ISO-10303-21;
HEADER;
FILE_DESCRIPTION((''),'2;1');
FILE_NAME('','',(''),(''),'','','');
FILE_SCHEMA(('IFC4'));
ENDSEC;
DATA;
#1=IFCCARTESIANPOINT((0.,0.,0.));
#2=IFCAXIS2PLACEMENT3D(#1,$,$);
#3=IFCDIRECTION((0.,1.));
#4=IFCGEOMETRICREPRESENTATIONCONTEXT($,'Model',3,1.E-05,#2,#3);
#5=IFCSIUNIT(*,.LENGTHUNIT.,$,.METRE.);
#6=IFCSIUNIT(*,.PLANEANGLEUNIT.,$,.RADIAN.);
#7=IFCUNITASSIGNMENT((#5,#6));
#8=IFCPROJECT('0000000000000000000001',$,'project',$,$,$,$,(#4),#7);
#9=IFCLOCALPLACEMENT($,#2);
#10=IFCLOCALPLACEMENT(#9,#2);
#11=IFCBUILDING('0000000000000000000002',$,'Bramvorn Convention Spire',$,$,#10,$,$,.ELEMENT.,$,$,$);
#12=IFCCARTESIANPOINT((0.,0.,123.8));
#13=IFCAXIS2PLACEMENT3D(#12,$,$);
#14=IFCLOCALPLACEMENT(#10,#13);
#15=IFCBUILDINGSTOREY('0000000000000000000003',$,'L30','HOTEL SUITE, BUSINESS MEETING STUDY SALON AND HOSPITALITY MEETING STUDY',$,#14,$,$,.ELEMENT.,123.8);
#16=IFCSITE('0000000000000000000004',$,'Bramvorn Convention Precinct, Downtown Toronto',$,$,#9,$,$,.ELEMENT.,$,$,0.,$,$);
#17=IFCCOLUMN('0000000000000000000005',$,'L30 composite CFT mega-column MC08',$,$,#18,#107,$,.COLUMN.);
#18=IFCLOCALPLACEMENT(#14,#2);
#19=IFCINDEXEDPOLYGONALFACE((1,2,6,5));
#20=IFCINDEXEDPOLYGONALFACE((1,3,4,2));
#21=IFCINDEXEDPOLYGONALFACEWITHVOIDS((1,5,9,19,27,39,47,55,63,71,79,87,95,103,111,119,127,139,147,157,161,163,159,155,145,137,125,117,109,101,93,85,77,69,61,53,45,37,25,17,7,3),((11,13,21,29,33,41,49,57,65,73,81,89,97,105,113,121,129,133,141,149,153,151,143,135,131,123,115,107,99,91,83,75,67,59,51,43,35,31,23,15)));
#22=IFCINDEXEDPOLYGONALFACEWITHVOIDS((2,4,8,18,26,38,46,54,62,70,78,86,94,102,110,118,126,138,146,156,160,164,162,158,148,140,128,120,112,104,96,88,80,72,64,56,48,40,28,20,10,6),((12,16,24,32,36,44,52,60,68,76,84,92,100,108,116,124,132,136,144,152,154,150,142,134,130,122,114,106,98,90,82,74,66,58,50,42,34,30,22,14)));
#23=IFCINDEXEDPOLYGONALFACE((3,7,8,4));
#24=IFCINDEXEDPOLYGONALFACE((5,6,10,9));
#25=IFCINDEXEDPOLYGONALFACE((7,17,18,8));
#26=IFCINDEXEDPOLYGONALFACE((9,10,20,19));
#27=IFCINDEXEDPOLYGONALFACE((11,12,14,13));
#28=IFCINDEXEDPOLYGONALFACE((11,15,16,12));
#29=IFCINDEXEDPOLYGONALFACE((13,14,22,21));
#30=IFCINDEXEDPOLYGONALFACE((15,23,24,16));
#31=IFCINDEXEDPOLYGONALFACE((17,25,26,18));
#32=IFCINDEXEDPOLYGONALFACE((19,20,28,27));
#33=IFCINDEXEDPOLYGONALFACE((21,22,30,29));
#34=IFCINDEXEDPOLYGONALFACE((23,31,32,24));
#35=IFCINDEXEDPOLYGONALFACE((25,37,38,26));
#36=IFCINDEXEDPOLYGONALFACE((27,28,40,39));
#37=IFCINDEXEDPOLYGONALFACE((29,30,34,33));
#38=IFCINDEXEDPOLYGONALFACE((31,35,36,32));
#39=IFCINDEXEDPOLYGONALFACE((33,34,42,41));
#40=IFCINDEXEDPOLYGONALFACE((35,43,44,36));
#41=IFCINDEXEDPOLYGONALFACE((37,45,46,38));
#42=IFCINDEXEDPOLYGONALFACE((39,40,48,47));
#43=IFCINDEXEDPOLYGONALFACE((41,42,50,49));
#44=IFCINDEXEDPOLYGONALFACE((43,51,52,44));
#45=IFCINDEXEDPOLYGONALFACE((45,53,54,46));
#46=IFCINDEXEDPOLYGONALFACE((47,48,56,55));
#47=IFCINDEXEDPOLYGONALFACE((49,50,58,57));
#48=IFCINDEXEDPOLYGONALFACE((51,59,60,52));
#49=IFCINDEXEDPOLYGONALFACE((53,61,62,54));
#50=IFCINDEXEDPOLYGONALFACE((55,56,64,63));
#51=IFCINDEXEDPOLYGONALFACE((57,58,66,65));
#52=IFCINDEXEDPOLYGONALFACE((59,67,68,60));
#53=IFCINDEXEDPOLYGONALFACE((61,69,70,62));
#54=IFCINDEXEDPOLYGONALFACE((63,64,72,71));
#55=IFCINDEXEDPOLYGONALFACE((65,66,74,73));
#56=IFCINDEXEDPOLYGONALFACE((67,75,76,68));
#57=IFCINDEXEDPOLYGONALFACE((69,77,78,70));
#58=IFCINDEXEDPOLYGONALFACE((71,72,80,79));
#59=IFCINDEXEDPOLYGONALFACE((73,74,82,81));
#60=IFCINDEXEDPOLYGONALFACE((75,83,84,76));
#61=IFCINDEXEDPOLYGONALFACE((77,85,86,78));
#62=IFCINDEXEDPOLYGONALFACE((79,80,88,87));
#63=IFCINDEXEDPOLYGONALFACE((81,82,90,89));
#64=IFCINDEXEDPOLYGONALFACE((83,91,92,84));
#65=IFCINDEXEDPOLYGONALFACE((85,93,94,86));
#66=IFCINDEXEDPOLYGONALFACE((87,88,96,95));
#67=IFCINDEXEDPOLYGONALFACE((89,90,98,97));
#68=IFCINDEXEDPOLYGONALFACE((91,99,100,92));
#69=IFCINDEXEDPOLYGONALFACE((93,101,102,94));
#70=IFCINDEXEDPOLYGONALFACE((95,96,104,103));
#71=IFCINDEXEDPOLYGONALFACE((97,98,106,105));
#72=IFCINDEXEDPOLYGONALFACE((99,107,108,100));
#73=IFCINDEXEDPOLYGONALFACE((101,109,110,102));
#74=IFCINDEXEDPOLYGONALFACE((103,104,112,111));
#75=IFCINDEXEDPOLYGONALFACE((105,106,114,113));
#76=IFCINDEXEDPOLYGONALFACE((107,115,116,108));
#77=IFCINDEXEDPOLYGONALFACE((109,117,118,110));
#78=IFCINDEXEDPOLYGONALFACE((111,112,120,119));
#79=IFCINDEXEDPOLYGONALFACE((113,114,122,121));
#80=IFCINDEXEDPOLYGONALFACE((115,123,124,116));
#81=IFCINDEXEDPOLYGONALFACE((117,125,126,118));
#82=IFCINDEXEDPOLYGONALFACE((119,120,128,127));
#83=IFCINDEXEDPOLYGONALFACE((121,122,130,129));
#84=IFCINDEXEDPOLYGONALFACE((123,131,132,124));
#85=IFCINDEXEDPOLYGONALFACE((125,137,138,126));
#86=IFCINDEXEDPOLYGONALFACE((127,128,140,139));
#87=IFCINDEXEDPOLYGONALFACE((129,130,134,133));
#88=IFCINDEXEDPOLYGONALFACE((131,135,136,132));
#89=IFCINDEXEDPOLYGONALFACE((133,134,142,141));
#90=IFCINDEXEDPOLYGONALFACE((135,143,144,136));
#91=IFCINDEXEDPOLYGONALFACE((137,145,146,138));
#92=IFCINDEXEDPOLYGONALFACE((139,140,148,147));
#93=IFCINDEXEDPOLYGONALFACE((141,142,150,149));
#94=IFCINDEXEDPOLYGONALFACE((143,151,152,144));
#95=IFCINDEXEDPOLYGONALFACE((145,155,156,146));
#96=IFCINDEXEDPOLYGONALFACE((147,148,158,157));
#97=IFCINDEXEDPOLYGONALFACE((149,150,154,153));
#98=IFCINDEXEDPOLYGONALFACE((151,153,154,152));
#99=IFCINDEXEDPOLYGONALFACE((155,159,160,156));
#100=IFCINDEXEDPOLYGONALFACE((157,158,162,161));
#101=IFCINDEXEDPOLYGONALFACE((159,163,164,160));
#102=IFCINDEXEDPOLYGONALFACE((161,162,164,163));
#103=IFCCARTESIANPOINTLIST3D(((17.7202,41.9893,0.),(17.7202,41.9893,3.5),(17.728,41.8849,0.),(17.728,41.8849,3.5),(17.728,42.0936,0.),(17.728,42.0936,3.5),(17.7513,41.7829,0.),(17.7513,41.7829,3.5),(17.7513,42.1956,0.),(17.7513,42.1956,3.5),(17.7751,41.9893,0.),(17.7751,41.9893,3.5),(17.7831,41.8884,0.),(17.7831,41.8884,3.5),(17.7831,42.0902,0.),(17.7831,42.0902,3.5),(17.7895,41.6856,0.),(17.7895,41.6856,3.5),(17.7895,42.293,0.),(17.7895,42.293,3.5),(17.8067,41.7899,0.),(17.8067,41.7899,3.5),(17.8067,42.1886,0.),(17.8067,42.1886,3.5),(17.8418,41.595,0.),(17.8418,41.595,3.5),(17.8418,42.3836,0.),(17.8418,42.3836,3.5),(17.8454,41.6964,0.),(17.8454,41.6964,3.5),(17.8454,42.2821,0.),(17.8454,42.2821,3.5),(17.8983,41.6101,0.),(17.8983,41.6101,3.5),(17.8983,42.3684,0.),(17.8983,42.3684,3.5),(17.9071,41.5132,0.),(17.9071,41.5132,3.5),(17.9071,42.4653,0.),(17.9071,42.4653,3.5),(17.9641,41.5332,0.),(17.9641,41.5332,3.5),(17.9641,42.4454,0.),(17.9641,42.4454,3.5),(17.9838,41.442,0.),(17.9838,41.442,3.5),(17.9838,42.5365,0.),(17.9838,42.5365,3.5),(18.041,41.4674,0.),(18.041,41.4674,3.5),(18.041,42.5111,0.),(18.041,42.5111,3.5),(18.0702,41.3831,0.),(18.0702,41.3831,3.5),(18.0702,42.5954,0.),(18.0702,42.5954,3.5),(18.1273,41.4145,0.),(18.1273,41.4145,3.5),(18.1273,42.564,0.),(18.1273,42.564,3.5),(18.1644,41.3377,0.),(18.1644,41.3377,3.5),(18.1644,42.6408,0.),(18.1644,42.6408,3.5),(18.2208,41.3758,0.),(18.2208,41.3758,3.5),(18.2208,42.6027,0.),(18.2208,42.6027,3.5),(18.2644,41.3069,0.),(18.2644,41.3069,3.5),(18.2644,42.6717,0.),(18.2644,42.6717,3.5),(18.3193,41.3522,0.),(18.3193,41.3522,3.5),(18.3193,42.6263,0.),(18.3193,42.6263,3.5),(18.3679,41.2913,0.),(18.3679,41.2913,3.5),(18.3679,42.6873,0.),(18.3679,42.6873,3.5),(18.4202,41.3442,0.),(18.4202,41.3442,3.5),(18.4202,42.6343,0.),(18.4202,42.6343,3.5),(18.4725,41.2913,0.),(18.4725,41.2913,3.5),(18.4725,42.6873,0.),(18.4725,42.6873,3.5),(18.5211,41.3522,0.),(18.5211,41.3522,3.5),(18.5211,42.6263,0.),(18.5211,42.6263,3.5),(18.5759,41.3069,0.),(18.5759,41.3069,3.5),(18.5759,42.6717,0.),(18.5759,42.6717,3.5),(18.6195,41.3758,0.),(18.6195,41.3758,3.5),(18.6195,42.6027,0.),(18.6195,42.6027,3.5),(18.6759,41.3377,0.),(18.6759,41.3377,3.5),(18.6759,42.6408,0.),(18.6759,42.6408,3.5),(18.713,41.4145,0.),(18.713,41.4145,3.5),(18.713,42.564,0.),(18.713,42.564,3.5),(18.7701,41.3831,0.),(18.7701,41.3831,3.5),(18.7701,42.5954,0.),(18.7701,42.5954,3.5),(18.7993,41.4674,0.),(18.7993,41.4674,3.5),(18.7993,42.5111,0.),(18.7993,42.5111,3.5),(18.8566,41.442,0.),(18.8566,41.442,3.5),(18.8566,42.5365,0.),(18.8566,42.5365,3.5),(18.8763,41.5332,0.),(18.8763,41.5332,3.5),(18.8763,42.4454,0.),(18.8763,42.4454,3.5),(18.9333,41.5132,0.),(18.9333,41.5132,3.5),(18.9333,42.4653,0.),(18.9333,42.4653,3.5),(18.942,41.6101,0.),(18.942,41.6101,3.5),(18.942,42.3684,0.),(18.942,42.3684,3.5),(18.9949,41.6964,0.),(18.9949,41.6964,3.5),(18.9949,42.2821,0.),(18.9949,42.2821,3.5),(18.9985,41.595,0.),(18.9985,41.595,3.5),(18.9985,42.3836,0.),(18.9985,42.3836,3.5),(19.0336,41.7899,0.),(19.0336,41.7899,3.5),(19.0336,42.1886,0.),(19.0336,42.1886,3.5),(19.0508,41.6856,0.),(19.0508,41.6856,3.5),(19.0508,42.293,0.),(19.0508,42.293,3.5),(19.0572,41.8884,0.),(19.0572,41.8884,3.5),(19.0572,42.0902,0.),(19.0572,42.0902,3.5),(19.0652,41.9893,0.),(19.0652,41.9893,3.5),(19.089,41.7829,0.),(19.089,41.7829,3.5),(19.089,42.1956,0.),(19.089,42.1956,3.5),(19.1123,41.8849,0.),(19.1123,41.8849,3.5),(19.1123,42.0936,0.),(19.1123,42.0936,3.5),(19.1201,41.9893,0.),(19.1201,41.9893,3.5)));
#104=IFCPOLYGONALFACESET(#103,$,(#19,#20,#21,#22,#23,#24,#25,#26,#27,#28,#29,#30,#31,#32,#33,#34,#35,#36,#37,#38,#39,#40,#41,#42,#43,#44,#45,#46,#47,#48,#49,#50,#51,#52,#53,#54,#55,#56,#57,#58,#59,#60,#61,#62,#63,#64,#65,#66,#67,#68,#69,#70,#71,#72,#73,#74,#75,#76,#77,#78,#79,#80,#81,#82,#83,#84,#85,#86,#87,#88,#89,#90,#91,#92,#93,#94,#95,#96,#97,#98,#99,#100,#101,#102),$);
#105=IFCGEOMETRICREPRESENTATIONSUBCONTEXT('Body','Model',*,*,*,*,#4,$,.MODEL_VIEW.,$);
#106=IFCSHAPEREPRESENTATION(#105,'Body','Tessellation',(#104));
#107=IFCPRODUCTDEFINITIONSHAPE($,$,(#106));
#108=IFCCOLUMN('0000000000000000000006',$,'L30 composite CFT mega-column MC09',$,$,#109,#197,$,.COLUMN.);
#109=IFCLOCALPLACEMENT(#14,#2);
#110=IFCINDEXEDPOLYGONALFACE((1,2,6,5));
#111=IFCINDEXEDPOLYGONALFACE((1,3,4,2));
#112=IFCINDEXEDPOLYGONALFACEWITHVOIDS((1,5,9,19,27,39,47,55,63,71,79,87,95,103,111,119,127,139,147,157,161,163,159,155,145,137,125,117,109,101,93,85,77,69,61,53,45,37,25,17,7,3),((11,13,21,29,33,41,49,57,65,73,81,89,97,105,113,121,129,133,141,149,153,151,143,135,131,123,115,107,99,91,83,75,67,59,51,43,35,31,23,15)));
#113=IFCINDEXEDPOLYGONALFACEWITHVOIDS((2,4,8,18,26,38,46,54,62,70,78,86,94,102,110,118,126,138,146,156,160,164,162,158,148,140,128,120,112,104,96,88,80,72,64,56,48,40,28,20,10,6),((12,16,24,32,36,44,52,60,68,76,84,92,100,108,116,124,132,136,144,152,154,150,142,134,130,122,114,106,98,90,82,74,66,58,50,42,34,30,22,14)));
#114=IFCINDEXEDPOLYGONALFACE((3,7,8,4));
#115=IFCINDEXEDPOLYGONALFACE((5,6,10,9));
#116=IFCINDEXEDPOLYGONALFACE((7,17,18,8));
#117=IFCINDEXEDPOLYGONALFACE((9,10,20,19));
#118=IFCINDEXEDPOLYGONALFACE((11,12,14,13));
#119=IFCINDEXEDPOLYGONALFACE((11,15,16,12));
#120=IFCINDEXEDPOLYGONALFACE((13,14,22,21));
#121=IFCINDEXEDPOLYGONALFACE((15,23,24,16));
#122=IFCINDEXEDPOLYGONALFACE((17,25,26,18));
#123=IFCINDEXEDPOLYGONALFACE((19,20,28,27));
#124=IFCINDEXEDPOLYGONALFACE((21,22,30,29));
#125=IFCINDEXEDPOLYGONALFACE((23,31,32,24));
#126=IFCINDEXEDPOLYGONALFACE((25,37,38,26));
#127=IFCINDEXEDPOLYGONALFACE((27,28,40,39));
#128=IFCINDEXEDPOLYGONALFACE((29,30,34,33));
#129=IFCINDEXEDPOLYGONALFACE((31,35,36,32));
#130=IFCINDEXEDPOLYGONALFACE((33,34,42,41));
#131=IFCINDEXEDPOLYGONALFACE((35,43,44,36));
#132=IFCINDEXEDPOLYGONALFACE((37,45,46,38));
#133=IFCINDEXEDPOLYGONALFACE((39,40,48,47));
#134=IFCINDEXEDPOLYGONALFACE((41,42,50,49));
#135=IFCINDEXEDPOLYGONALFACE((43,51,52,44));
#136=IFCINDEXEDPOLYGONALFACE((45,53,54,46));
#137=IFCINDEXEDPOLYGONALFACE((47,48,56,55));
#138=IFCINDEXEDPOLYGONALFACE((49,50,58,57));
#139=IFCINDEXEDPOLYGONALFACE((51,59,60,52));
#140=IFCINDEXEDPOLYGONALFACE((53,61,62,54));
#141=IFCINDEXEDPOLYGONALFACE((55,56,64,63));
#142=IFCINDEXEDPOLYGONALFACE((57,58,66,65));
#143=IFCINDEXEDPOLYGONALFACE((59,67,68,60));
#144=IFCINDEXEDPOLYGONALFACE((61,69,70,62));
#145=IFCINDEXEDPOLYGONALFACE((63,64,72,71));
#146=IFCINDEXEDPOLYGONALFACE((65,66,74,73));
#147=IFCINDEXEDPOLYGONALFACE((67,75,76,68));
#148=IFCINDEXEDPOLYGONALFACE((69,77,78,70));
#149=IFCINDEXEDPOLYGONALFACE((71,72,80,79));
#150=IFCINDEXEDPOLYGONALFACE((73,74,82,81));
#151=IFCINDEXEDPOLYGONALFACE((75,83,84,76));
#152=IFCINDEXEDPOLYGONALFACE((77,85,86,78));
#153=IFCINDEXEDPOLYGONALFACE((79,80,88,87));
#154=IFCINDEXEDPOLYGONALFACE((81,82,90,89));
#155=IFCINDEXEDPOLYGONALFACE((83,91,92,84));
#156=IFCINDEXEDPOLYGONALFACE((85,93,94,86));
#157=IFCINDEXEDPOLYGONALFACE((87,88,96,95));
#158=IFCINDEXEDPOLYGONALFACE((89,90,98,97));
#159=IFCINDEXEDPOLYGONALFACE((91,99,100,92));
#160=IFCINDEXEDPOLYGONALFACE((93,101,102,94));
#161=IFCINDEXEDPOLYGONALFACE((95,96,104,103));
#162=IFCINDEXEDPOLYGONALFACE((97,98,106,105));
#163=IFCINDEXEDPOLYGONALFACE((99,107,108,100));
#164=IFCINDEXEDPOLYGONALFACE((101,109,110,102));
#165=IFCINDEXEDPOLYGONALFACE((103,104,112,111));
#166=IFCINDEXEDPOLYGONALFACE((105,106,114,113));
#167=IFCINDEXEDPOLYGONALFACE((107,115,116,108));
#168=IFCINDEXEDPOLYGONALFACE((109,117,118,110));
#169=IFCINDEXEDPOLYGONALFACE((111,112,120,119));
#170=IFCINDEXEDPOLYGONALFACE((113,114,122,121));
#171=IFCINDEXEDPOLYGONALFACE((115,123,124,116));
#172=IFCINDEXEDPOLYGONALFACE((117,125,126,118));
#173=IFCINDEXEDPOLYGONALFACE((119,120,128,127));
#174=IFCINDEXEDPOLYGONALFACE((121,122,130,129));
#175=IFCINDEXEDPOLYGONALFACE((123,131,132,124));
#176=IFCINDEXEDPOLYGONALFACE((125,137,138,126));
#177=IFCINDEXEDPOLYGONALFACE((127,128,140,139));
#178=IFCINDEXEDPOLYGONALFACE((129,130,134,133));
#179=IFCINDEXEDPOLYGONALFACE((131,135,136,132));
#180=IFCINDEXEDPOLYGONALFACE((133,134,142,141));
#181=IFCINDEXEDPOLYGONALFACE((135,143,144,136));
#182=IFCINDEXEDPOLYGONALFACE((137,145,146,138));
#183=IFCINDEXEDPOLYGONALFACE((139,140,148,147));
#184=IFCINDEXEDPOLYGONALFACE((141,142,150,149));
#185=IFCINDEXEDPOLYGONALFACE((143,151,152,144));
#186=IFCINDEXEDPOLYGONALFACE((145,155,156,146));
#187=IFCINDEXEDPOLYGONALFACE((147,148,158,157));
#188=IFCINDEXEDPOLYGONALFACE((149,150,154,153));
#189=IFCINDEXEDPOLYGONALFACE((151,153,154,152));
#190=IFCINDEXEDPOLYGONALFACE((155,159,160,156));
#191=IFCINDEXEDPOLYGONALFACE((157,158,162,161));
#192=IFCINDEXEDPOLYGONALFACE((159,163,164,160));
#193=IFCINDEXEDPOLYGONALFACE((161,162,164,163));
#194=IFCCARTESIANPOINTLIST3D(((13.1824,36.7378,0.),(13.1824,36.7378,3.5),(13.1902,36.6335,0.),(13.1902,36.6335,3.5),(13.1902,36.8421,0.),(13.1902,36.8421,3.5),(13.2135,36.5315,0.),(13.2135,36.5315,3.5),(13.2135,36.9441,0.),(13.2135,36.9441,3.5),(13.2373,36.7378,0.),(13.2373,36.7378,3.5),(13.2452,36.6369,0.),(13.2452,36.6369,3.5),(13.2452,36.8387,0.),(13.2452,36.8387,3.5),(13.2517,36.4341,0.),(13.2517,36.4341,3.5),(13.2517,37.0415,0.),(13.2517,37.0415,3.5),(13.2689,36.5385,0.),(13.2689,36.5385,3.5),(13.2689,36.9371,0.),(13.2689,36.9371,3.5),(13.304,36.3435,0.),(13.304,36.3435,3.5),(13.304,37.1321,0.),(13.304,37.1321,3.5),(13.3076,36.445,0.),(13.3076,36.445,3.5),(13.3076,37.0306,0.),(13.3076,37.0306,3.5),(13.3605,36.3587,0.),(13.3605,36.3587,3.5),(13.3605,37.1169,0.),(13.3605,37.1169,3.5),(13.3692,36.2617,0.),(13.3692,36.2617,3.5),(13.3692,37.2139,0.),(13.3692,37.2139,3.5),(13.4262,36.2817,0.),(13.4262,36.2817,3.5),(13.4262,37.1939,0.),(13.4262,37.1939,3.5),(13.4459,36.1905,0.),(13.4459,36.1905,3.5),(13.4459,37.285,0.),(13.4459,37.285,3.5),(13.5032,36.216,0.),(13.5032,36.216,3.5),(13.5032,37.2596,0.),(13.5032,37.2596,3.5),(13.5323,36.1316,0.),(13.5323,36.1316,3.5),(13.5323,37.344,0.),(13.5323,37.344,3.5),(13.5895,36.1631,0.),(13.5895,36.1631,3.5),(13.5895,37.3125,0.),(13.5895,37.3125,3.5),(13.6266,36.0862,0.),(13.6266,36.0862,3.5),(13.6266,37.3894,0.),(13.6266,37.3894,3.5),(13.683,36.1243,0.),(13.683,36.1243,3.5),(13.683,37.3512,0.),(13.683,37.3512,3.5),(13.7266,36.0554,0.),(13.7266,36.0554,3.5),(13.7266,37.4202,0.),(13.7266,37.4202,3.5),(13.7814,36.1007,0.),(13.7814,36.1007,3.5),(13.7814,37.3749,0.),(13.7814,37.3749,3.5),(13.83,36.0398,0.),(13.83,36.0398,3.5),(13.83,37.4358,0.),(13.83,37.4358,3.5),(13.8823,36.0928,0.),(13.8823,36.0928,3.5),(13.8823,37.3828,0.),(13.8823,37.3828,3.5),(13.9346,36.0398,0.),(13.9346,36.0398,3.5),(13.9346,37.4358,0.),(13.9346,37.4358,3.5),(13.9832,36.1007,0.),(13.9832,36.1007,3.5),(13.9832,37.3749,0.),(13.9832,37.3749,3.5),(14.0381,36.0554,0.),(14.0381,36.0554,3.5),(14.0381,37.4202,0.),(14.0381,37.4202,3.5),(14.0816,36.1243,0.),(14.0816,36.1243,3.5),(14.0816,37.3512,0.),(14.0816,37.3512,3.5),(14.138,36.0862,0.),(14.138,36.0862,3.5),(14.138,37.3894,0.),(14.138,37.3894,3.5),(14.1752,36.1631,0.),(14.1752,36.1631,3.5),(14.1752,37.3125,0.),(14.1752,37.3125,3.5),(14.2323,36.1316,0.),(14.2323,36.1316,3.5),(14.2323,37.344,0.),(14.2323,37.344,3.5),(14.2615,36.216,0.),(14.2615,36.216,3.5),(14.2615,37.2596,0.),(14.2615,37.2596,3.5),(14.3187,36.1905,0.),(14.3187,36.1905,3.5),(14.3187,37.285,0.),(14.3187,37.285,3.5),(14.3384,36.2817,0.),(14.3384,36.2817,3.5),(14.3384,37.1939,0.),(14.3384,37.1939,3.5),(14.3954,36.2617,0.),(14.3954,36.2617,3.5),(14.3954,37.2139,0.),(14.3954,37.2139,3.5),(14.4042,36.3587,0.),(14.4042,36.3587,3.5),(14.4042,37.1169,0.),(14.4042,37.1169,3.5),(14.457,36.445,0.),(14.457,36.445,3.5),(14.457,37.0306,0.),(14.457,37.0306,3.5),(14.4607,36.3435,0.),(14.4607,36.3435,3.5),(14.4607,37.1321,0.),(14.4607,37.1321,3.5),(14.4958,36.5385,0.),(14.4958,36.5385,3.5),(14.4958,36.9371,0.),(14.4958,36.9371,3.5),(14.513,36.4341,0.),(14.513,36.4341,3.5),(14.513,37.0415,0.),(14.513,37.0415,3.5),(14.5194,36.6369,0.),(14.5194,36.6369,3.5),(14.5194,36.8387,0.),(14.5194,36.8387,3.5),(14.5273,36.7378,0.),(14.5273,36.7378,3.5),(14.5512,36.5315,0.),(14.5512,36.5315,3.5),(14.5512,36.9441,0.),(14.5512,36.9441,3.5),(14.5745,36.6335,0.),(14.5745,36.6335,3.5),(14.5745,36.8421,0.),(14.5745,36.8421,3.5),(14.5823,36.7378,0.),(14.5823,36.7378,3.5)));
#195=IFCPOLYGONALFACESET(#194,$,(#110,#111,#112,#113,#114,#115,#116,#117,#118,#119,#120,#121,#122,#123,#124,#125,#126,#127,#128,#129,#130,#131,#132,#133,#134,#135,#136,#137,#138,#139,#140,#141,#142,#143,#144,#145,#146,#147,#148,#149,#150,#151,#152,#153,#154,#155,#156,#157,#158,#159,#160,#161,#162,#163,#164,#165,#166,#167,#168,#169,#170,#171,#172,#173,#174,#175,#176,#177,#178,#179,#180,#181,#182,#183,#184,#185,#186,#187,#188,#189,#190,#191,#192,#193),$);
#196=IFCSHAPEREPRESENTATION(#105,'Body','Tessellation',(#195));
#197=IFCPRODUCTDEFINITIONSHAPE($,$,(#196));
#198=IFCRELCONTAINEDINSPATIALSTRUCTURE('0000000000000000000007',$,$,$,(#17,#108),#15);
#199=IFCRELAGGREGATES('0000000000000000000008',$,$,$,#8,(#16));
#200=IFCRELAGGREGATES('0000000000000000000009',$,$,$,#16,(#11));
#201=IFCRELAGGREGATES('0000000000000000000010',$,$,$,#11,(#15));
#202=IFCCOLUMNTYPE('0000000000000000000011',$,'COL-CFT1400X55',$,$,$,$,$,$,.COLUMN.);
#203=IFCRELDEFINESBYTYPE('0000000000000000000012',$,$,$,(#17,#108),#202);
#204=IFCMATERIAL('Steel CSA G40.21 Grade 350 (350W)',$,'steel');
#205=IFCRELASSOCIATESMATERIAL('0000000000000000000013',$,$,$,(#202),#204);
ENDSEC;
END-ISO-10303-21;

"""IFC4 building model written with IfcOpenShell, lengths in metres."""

from ifc_helpers import new_model, si_unit, direction, frame, origin, origin_2d, place, context, subcontext, project, spatial, hollow_circle, extrude, material, material_profile, profile_set, type_object, element, save


model = new_model("IFC4")

# Units and contexts
model_context = context("Model", 3, precision=1e-05, world=origin(), true_north=direction((0.0, 1.0)))
body_context = subcontext(model_context, "Body", "Model", "MODEL_VIEW")
ifc_project = project(units=[si_unit("LENGTHUNIT", "METRE"), si_unit("PLANEANGLEUNIT", "RADIAN")], contexts=[model_context])

# Site, building, storey
site_placement = place(None, origin())
site = spatial("IfcSite", under=ifc_project, at=site_placement, Name="Bramvorn Convention Precinct, Downtown Toronto", CompositionType="ELEMENT", RefElevation=0.0)
building_placement = place(site_placement, origin())
building = spatial("IfcBuilding", under=site, at=building_placement, Name="Bramvorn Convention Spire", CompositionType="ELEMENT")
storey_placement = place(building_placement, frame((0.0, 0.0, 123.8)))
storey = spatial("IfcBuildingStorey", under=building, at=storey_placement, Name="L30", Description="HOTEL SUITE, BUSINESS MEETING STUDY SALON AND HOSPITALITY MEETING STUDY", CompositionType="ELEMENT", Elevation=123.8)

# Columns
ifc_material_1 = material(Name="Steel CSA G40.21 Grade 350 (350W)", Category="steel")
ifc_material_profile_1 = material_profile(ifc_material_1, hollow_circle(Radius=0.7, WallThickness=0.0549, at=origin_2d()))
ifc_profile_set_1 = profile_set([ifc_material_profile_1], Name="Steel CSA G40.21 Grade 350 (350W) - CFT1400X55")
column_type = type_object("IfcColumnType", Name="COL-CFT1400X55", PredefinedType="COLUMN", material=ifc_profile_set_1)
for number, where, z_axis, x_axis, name in (
    (1, (18.4202, 41.9893, 0.0), (0.0, 0.0, 1.0), (1.0, 0.0, 0.0), "L30 composite CFT mega-column MC08"),
    (2, (13.8823, 36.7378, 0.0), (0.0, 0.0, 1.0), (1.0, 0.0, 0.0), "L30 composite CFT mega-column MC09"),
):
    element("IfcColumn", number, at=place(storey_placement, frame(where, z_axis=z_axis, x_axis=x_axis)), inside=storey, type_object=column_type, Name=name, PredefinedType="COLUMN", context=body_context, shape_type="SweptSolid", body=[
        extrude(hollow_circle(Radius=0.7, WallThickness=0.0549, at=origin_2d()), origin(), (0.0, 0.0, 1.0), 3.5),
    ])

save(model, "model.ifc")
